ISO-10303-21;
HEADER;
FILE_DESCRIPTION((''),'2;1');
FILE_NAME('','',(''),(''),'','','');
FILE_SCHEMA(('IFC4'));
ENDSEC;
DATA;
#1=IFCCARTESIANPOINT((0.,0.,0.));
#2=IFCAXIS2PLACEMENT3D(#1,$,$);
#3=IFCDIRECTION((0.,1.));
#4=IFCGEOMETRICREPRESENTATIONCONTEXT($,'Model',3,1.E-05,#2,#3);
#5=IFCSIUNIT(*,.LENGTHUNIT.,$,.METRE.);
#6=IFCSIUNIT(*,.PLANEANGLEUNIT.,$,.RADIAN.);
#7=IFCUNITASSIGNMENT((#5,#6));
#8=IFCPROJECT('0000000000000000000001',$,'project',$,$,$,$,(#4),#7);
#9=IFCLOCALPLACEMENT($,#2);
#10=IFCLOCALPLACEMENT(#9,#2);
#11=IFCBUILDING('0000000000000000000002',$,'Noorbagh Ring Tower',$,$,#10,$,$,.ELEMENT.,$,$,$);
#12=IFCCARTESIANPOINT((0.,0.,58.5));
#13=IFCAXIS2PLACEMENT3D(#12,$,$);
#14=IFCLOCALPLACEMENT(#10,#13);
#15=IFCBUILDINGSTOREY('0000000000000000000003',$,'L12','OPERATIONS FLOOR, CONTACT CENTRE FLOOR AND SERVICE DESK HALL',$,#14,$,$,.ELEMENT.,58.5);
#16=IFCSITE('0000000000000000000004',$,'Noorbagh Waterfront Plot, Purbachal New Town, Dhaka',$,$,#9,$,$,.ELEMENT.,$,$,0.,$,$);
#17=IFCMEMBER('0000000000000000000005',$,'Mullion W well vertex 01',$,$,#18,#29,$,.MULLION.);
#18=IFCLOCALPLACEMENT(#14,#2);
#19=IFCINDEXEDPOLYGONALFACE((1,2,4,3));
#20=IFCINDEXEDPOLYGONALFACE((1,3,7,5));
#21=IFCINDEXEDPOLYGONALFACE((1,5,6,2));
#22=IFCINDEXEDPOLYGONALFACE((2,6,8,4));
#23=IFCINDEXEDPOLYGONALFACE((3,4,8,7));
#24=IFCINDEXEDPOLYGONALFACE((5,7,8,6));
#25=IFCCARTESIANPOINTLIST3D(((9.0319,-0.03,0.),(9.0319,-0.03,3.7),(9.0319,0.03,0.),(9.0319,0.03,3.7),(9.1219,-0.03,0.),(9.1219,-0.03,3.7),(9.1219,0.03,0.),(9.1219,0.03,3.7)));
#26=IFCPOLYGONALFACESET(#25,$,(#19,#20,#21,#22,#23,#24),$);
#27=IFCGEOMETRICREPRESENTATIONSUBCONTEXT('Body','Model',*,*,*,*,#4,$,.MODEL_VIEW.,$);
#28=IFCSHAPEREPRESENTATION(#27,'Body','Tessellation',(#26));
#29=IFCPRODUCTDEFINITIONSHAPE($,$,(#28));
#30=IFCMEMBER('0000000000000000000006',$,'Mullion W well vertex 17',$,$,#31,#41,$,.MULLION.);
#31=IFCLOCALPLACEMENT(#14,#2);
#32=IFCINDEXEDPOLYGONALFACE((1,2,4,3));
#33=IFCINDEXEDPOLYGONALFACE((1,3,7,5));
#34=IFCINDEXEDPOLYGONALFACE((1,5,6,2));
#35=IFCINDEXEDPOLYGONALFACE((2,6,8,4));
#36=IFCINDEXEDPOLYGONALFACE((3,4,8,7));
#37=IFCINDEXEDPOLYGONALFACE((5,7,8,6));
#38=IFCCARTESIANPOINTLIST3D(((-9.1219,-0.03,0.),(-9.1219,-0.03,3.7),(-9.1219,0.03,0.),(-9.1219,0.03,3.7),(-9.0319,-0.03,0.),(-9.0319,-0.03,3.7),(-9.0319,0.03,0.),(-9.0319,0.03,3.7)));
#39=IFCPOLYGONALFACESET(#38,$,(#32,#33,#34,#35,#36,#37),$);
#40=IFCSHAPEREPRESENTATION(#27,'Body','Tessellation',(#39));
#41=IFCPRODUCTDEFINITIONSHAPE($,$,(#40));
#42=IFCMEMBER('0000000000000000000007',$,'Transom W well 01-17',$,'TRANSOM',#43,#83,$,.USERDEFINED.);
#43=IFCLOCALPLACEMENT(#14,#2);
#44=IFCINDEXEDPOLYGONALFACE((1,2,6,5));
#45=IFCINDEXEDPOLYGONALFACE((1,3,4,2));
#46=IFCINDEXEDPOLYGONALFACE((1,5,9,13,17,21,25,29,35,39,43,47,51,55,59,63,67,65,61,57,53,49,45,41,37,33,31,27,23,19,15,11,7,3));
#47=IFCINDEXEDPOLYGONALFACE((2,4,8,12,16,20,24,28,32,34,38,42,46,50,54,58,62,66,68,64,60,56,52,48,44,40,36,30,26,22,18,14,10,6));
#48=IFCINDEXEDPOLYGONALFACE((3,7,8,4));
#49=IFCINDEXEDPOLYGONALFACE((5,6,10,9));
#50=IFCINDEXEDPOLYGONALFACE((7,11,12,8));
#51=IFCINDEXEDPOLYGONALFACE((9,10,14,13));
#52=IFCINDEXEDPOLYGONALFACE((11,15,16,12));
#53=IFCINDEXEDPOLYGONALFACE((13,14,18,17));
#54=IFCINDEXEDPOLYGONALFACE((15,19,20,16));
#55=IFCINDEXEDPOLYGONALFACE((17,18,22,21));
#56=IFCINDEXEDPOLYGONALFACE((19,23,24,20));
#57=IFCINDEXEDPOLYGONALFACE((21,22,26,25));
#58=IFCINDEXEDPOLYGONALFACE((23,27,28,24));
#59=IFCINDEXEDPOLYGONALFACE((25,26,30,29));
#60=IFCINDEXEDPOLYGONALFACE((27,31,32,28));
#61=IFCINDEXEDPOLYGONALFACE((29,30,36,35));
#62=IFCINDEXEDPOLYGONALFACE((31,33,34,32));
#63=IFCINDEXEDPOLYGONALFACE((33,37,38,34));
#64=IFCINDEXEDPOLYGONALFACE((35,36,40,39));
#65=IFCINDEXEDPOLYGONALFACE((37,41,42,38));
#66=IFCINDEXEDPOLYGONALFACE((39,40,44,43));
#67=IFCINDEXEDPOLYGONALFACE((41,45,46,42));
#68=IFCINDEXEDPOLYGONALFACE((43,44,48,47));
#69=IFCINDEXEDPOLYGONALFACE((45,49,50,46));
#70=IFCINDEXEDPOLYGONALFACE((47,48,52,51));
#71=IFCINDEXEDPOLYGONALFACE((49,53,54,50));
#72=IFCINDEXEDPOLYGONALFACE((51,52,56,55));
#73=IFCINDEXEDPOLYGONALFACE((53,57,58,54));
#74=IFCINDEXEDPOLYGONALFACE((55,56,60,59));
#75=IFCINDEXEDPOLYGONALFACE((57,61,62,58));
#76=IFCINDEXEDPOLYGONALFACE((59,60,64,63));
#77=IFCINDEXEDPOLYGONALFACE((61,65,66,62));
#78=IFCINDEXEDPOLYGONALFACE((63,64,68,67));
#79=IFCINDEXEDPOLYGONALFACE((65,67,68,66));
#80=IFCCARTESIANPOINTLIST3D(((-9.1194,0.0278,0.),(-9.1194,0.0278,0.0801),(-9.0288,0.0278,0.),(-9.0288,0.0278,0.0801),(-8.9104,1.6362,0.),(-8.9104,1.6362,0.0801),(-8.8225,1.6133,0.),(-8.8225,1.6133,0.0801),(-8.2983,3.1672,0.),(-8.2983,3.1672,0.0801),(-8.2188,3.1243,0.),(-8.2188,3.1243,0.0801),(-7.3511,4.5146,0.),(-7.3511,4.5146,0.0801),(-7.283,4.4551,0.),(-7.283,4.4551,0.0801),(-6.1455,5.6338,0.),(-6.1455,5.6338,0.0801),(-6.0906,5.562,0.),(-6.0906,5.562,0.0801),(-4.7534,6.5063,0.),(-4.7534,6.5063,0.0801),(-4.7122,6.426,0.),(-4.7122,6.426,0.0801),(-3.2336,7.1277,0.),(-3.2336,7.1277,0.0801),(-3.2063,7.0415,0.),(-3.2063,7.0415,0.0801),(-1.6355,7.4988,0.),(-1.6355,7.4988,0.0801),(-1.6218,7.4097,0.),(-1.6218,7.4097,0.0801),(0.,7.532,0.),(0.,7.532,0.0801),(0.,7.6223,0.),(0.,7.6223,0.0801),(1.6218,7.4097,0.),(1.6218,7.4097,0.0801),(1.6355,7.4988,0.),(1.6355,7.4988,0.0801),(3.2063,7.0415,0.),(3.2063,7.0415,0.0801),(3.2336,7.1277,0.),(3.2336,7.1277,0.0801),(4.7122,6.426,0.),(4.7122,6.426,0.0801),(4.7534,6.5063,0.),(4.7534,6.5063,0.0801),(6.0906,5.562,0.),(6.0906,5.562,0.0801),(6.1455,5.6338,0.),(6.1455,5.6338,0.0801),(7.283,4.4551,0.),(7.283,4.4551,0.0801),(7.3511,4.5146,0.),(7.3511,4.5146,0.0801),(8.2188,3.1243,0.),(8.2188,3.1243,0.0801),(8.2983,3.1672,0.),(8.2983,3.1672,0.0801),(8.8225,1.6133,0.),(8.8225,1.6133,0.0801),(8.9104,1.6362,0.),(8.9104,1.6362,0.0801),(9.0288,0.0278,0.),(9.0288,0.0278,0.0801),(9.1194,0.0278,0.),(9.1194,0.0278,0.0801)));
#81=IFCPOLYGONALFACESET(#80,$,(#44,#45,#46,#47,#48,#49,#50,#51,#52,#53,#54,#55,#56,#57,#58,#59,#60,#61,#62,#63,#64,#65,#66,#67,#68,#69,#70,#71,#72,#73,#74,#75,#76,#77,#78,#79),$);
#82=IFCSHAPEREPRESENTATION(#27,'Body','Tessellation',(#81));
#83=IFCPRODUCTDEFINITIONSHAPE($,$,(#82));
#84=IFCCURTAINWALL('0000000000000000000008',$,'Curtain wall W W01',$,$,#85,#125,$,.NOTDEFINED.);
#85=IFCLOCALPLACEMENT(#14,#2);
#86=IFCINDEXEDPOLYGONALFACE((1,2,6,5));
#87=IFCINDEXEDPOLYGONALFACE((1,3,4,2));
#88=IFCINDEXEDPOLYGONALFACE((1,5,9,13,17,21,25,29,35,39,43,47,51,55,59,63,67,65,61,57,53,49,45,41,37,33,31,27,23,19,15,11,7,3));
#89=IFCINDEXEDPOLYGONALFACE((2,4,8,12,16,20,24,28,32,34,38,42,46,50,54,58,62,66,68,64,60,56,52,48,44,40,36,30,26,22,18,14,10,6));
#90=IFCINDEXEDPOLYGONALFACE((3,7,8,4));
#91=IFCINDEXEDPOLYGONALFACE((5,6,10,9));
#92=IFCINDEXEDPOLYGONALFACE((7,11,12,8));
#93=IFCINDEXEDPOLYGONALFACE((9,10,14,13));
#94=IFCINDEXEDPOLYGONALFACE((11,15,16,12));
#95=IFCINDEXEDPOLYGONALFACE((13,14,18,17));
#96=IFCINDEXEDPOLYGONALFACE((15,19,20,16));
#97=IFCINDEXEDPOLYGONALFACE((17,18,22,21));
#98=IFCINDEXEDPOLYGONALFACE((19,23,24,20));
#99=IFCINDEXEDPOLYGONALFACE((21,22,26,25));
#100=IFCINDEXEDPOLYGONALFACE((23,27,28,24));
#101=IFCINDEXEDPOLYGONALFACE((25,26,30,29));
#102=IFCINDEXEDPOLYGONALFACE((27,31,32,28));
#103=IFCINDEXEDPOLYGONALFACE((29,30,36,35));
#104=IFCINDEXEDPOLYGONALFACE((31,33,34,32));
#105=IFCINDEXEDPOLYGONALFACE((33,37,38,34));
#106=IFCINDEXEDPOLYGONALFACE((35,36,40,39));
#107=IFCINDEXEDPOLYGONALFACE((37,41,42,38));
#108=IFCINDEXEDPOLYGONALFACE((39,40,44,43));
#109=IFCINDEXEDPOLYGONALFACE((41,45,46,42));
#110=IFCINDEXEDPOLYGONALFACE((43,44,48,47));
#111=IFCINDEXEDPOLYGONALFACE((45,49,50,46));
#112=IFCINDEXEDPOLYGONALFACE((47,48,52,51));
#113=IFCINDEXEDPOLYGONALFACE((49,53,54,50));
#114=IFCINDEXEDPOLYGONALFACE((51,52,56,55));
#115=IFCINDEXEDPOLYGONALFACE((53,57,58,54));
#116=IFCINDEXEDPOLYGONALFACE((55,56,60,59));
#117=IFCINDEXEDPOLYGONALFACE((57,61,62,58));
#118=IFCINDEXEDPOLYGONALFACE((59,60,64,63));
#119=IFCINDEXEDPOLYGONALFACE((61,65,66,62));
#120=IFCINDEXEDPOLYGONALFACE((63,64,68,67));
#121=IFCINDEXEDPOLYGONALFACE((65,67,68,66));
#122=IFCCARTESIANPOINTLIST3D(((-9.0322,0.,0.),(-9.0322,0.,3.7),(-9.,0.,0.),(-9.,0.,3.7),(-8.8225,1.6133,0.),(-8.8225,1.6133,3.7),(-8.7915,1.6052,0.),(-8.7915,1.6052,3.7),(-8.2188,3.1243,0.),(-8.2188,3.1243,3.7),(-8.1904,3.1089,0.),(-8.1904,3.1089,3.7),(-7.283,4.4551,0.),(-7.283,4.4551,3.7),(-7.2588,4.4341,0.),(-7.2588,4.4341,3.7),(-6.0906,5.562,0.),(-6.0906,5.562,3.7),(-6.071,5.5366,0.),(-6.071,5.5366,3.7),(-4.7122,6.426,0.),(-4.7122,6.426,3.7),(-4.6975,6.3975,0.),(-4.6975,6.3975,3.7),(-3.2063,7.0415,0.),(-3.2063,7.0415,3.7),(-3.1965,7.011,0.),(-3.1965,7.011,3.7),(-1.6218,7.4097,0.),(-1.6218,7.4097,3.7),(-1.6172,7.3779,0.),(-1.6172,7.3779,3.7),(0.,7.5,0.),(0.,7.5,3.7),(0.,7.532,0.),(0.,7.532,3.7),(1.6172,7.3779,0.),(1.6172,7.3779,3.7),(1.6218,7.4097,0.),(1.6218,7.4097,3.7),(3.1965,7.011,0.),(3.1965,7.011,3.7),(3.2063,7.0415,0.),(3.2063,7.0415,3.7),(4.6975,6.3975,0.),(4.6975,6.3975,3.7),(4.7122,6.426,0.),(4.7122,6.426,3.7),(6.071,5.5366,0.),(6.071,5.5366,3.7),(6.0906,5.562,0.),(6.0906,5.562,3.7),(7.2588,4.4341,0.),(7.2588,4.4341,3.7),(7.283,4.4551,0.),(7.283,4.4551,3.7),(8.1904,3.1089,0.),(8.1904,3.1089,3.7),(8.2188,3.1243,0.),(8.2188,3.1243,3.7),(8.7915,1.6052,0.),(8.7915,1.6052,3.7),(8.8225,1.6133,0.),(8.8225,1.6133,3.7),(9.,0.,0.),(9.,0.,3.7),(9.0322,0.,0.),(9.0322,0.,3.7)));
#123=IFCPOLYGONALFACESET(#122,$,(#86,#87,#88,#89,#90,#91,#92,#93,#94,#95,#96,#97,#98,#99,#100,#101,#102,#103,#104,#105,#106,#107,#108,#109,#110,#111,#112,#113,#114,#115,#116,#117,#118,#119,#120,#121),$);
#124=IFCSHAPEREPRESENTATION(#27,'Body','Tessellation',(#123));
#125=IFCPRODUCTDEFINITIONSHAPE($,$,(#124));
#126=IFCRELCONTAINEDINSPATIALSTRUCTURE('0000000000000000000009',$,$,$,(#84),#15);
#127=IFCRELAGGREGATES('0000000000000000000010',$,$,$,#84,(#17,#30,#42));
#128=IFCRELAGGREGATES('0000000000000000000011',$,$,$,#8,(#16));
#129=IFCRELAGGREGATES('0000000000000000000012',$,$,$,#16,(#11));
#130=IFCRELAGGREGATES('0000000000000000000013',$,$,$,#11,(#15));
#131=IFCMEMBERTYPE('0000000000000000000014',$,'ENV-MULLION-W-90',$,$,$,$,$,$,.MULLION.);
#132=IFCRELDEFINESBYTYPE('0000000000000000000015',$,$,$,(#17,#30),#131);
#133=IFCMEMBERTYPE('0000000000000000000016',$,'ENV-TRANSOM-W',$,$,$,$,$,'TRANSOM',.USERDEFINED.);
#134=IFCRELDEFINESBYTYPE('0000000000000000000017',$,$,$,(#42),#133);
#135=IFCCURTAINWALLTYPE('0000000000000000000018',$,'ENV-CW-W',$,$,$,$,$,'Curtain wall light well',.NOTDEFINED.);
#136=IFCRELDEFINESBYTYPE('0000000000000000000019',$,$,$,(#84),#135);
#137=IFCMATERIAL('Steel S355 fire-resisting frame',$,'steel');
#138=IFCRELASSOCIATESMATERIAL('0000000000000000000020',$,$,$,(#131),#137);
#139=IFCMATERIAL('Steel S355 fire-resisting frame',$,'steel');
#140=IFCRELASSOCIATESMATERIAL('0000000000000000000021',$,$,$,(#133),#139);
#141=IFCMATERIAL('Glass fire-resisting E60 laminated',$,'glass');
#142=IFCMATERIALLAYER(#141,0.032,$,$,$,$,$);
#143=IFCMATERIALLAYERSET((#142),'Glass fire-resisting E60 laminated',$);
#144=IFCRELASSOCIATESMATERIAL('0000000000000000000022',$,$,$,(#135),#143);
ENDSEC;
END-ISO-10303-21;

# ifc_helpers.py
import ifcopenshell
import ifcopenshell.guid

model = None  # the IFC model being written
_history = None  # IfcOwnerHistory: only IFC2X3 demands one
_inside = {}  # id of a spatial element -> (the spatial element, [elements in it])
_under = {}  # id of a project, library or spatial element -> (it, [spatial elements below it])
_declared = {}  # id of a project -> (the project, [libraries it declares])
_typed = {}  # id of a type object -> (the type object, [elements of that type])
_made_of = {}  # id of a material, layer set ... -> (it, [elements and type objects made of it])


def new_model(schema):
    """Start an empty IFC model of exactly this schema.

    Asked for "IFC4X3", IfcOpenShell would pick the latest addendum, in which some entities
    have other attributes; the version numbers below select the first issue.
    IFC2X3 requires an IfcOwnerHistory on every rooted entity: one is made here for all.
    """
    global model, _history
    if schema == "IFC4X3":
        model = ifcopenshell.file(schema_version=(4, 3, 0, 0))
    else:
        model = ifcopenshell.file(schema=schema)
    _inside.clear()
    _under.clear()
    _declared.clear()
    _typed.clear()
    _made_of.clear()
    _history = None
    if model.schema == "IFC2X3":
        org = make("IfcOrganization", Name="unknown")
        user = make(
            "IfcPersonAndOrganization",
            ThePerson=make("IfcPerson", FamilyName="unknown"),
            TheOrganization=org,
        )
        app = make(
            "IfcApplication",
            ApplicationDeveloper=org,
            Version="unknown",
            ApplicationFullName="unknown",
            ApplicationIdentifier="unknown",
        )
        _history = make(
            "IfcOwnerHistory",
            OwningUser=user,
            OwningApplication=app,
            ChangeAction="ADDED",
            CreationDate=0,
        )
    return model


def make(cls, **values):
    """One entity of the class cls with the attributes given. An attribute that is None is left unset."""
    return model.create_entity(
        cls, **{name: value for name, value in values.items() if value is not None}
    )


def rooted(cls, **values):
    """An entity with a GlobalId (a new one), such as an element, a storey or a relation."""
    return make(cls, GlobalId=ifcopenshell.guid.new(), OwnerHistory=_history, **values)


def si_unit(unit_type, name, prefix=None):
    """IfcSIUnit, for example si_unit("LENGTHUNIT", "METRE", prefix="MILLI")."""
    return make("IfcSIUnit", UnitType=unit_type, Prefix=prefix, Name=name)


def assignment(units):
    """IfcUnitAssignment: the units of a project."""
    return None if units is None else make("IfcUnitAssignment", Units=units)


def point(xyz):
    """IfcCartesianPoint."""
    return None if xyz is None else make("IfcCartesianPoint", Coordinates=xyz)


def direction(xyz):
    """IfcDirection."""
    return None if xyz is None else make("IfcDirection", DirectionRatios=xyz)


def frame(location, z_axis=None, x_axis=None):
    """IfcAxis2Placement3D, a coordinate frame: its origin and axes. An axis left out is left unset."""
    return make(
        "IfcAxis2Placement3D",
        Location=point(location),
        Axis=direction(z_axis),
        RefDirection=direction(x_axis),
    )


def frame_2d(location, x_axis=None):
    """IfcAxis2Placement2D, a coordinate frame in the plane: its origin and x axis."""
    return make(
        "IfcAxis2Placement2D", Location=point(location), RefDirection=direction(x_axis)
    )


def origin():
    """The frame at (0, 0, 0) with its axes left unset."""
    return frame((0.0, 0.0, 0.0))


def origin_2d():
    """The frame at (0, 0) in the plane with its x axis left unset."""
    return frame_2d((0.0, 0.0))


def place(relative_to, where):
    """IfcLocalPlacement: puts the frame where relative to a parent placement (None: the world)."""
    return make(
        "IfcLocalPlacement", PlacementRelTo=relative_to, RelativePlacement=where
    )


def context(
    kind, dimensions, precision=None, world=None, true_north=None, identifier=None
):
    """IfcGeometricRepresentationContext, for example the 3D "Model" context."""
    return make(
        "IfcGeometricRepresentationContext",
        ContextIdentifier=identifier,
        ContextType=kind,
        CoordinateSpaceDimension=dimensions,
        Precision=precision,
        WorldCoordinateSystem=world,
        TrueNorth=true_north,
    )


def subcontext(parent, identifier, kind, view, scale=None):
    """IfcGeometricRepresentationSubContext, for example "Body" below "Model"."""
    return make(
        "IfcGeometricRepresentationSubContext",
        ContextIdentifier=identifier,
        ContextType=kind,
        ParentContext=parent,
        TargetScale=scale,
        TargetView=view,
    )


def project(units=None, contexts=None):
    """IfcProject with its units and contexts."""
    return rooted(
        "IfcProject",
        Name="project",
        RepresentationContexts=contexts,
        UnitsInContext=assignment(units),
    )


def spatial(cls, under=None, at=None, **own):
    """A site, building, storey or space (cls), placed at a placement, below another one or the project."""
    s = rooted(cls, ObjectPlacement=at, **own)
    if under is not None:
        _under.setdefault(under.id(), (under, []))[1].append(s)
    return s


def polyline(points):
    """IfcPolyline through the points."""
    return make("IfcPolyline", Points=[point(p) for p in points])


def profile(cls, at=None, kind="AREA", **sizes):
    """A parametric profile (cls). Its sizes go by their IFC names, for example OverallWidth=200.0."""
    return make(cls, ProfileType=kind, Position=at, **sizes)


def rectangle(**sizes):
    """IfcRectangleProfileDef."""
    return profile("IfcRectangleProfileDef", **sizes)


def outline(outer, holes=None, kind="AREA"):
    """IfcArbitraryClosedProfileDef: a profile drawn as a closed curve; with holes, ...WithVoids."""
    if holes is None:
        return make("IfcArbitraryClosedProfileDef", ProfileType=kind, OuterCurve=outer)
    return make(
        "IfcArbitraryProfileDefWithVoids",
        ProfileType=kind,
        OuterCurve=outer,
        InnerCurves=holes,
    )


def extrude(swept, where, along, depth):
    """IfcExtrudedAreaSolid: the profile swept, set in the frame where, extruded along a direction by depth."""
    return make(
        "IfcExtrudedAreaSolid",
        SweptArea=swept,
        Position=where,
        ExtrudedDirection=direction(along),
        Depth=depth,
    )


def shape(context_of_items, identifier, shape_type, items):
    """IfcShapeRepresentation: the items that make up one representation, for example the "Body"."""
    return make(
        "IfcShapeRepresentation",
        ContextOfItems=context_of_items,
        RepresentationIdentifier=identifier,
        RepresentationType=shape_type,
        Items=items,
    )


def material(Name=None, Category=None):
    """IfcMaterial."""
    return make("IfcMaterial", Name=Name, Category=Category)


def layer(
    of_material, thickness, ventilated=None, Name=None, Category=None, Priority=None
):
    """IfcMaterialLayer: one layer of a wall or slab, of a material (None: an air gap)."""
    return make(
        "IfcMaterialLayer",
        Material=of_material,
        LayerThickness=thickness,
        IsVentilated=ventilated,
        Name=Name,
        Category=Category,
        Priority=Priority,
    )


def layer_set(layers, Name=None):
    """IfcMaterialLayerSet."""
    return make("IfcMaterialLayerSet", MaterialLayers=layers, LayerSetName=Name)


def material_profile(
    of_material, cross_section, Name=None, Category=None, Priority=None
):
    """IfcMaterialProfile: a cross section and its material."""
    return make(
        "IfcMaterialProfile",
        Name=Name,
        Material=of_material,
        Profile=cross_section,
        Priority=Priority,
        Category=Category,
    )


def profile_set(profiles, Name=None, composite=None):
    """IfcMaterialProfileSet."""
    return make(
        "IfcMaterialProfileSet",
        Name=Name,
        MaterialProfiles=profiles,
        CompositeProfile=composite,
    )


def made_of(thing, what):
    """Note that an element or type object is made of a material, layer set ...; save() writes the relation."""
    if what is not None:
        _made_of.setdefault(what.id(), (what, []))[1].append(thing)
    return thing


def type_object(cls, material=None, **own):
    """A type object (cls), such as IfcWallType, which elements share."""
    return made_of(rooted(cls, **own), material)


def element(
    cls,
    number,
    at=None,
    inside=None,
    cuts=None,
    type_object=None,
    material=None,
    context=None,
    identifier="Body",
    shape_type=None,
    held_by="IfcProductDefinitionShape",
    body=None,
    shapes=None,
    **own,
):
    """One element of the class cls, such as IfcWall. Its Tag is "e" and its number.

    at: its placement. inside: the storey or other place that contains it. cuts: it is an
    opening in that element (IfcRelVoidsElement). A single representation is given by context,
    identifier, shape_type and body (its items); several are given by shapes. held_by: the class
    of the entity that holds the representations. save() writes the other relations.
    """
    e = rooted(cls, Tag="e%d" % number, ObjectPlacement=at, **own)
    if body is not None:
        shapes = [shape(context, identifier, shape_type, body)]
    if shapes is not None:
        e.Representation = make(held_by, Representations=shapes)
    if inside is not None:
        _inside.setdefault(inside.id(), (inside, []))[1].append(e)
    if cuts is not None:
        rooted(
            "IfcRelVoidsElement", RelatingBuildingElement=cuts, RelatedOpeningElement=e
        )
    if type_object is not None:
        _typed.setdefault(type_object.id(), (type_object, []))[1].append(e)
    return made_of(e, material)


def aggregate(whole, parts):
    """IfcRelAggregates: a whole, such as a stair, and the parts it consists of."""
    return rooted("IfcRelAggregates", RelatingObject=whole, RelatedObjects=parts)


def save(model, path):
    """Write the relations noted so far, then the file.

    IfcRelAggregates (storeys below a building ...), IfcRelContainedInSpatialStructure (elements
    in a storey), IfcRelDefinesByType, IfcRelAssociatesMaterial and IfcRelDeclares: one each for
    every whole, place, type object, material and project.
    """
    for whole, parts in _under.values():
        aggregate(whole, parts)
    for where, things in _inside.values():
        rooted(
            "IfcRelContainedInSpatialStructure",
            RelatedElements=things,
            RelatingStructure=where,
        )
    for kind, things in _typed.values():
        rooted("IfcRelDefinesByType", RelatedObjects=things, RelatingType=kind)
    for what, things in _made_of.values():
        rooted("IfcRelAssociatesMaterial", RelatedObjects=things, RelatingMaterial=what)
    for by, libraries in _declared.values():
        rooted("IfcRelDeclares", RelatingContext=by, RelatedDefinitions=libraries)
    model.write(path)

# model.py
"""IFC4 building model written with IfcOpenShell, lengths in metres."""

from ifc_helpers import new_model, si_unit, direction, frame, origin, origin_2d, place, context, subcontext, project, spatial, polyline, rectangle, outline, extrude, material, layer, layer_set, material_profile, profile_set, type_object, element, aggregate, save


model = new_model("IFC4")

# Units and contexts
model_context = context("Model", 3, precision=1e-05, world=origin(), true_north=direction((0.0, 1.0)))
body_context = subcontext(model_context, "Body", "Model", "MODEL_VIEW")
ifc_project = project(units=[si_unit("LENGTHUNIT", "METRE"), si_unit("PLANEANGLEUNIT", "RADIAN")], contexts=[model_context])

# Members
site_placement = place(None, origin())
building_placement = place(site_placement, origin())
storey_placement = place(building_placement, frame((0.0, 0.0, 58.5)))
ifc_material_1 = material(Name="Steel S355 fire-resisting frame", Category="steel")
ifc_material_profile_1 = material_profile(ifc_material_1, rectangle(XDim=0.0901, YDim=0.0601, at=origin_2d()), Name="90x60")
ifc_profile_set_1 = profile_set([ifc_material_profile_1], Name="Steel S355 fire-resisting frame")
member_type_1 = type_object("IfcMemberType", Name="ENV-MULLION-W-90", PredefinedType="MULLION", material=ifc_profile_set_1)
member_1_placement = place(storey_placement, frame((9.0769, 0.0, 0.0), z_axis=(0.0, 0.0, 1.0), x_axis=(1.0, 0.0, 0.0)))
member_1 = element("IfcMember", 1, at=member_1_placement, type_object=member_type_1, Name="Mullion W well vertex 01", PredefinedType="MULLION", context=body_context, shape_type="SweptSolid", body=[
    extrude(rectangle(XDim=0.0901, YDim=0.0601, at=origin_2d()), origin(), (0.0, 0.0, 1.0), 3.7),
])
member_2_placement = place(storey_placement, frame((-9.0769, 0.0, 0.0), z_axis=(0.0, 0.0, 1.0), x_axis=(-1.0, 0.0, 0.0)))
member_2 = element("IfcMember", 2, at=member_2_placement, type_object=member_type_1, Name="Mullion W well vertex 17", PredefinedType="MULLION", context=body_context, shape_type="SweptSolid", body=[
    extrude(rectangle(XDim=0.0901, YDim=0.0601, at=origin_2d()), origin(), (0.0, 0.0, 1.0), 3.7),
])
ifc_material_2 = material(Name="Steel S355 fire-resisting frame", Category="steel")
member_type_2 = type_object("IfcMemberType", Name="ENV-TRANSOM-W", ElementType="TRANSOM", PredefinedType="USERDEFINED", material=ifc_material_2)
member_3_placement = place(storey_placement, origin())
member_3 = element("IfcMember", 3, at=member_3_placement, type_object=member_type_2, Name="Transom W well 01-17", ObjectType="TRANSOM", PredefinedType="USERDEFINED", context=body_context, shape_type="SweptSolid", body=[
    extrude(outline(polyline([(9.1194, 0.0278), (8.9104, 1.6362), (8.2983, 3.1672), (7.3511, 4.5146), (6.1455, 5.6338), (4.7534, 6.5063), (3.2336, 7.1277), (1.6355, 7.4988), (0.0, 7.6223), (-1.6355, 7.4988), (-3.2336, 7.1277), (-4.7534, 6.5063), (-6.1455, 5.6338), (-7.3511, 4.5146), (-8.2983, 3.1672), (-8.9104, 1.6362), (-9.1194, 0.0278), (-9.0288, 0.0278), (-8.8225, 1.6133), (-8.2188, 3.1243), (-7.283, 4.4551), (-6.0906, 5.562), (-4.7122, 6.426), (-3.2063, 7.0415), (-1.6218, 7.4097), (0.0, 7.532), (1.6218, 7.4097), (3.2063, 7.0415), (4.7122, 6.426), (6.0906, 5.562), (7.283, 4.4551), (8.2188, 3.1243), (8.8225, 1.6133), (9.0288, 0.0278), (9.1194, 0.0278)])), origin(), (0.0, 0.0, 1.0), 0.0801),
])

# Site, building, storey
site = spatial("IfcSite", under=ifc_project, at=site_placement, Name="Noorbagh Waterfront Plot, Purbachal New Town, Dhaka", CompositionType="ELEMENT", RefElevation=0.0)
building = spatial("IfcBuilding", under=site, at=building_placement, Name="Noorbagh Ring Tower", CompositionType="ELEMENT")
storey = spatial("IfcBuildingStorey", under=building, at=storey_placement, Name="L12", Description="OPERATIONS FLOOR, CONTACT CENTRE FLOOR AND SERVICE DESK HALL", CompositionType="ELEMENT", Elevation=58.5)

# Curtain wall
ifc_material_3 = material(Name="Glass fire-resisting E60 laminated", Category="glass")
ifc_layer_1 = layer(ifc_material_3, 0.032)
ifc_layer_set_1 = layer_set([ifc_layer_1], Name="Glass fire-resisting E60 laminated")
curtain_wall_type_1 = type_object("IfcCurtainWallType", Name="ENV-CW-W", ElementType="Curtain wall light well", PredefinedType="NOTDEFINED", material=ifc_layer_set_1)
curtain_wall_1_placement = place(storey_placement, origin())
curtain_wall_1 = element("IfcCurtainWall", 4, at=curtain_wall_1_placement, inside=storey, type_object=curtain_wall_type_1, Name="Curtain wall W W01", PredefinedType="NOTDEFINED", context=body_context, shape_type="SweptSolid", body=[
    extrude(outline(polyline([(9.0322, 0.0), (8.8225, 1.6133), (8.2188, 3.1243), (7.283, 4.4551), (6.0906, 5.562), (4.7122, 6.426), (3.2063, 7.0415), (1.6218, 7.4097), (0.0, 7.532), (-1.6218, 7.4097), (-3.2063, 7.0415), (-4.7122, 6.426), (-6.0906, 5.562), (-7.283, 4.4551), (-8.2188, 3.1243), (-8.8225, 1.6133), (-9.0322, 0.0), (-9.0, 0.0), (-8.7915, 1.6052), (-8.1904, 3.1089), (-7.2588, 4.4341), (-6.071, 5.5366), (-4.6975, 6.3975), (-3.1965, 7.011), (-1.6172, 7.3779), (0.0, 7.5), (1.6172, 7.3779), (3.1965, 7.011), (4.6975, 6.3975), (6.071, 5.5366), (7.2588, 4.4341), (8.1904, 3.1089), (8.7915, 1.6052), (9.0, 0.0), (9.0322, 0.0)])), origin(), (0.0, 0.0, 1.0), 3.7),
])
aggregate(curtain_wall_1, [member_1, member_2, member_3])

save(model, "model.ifc")
